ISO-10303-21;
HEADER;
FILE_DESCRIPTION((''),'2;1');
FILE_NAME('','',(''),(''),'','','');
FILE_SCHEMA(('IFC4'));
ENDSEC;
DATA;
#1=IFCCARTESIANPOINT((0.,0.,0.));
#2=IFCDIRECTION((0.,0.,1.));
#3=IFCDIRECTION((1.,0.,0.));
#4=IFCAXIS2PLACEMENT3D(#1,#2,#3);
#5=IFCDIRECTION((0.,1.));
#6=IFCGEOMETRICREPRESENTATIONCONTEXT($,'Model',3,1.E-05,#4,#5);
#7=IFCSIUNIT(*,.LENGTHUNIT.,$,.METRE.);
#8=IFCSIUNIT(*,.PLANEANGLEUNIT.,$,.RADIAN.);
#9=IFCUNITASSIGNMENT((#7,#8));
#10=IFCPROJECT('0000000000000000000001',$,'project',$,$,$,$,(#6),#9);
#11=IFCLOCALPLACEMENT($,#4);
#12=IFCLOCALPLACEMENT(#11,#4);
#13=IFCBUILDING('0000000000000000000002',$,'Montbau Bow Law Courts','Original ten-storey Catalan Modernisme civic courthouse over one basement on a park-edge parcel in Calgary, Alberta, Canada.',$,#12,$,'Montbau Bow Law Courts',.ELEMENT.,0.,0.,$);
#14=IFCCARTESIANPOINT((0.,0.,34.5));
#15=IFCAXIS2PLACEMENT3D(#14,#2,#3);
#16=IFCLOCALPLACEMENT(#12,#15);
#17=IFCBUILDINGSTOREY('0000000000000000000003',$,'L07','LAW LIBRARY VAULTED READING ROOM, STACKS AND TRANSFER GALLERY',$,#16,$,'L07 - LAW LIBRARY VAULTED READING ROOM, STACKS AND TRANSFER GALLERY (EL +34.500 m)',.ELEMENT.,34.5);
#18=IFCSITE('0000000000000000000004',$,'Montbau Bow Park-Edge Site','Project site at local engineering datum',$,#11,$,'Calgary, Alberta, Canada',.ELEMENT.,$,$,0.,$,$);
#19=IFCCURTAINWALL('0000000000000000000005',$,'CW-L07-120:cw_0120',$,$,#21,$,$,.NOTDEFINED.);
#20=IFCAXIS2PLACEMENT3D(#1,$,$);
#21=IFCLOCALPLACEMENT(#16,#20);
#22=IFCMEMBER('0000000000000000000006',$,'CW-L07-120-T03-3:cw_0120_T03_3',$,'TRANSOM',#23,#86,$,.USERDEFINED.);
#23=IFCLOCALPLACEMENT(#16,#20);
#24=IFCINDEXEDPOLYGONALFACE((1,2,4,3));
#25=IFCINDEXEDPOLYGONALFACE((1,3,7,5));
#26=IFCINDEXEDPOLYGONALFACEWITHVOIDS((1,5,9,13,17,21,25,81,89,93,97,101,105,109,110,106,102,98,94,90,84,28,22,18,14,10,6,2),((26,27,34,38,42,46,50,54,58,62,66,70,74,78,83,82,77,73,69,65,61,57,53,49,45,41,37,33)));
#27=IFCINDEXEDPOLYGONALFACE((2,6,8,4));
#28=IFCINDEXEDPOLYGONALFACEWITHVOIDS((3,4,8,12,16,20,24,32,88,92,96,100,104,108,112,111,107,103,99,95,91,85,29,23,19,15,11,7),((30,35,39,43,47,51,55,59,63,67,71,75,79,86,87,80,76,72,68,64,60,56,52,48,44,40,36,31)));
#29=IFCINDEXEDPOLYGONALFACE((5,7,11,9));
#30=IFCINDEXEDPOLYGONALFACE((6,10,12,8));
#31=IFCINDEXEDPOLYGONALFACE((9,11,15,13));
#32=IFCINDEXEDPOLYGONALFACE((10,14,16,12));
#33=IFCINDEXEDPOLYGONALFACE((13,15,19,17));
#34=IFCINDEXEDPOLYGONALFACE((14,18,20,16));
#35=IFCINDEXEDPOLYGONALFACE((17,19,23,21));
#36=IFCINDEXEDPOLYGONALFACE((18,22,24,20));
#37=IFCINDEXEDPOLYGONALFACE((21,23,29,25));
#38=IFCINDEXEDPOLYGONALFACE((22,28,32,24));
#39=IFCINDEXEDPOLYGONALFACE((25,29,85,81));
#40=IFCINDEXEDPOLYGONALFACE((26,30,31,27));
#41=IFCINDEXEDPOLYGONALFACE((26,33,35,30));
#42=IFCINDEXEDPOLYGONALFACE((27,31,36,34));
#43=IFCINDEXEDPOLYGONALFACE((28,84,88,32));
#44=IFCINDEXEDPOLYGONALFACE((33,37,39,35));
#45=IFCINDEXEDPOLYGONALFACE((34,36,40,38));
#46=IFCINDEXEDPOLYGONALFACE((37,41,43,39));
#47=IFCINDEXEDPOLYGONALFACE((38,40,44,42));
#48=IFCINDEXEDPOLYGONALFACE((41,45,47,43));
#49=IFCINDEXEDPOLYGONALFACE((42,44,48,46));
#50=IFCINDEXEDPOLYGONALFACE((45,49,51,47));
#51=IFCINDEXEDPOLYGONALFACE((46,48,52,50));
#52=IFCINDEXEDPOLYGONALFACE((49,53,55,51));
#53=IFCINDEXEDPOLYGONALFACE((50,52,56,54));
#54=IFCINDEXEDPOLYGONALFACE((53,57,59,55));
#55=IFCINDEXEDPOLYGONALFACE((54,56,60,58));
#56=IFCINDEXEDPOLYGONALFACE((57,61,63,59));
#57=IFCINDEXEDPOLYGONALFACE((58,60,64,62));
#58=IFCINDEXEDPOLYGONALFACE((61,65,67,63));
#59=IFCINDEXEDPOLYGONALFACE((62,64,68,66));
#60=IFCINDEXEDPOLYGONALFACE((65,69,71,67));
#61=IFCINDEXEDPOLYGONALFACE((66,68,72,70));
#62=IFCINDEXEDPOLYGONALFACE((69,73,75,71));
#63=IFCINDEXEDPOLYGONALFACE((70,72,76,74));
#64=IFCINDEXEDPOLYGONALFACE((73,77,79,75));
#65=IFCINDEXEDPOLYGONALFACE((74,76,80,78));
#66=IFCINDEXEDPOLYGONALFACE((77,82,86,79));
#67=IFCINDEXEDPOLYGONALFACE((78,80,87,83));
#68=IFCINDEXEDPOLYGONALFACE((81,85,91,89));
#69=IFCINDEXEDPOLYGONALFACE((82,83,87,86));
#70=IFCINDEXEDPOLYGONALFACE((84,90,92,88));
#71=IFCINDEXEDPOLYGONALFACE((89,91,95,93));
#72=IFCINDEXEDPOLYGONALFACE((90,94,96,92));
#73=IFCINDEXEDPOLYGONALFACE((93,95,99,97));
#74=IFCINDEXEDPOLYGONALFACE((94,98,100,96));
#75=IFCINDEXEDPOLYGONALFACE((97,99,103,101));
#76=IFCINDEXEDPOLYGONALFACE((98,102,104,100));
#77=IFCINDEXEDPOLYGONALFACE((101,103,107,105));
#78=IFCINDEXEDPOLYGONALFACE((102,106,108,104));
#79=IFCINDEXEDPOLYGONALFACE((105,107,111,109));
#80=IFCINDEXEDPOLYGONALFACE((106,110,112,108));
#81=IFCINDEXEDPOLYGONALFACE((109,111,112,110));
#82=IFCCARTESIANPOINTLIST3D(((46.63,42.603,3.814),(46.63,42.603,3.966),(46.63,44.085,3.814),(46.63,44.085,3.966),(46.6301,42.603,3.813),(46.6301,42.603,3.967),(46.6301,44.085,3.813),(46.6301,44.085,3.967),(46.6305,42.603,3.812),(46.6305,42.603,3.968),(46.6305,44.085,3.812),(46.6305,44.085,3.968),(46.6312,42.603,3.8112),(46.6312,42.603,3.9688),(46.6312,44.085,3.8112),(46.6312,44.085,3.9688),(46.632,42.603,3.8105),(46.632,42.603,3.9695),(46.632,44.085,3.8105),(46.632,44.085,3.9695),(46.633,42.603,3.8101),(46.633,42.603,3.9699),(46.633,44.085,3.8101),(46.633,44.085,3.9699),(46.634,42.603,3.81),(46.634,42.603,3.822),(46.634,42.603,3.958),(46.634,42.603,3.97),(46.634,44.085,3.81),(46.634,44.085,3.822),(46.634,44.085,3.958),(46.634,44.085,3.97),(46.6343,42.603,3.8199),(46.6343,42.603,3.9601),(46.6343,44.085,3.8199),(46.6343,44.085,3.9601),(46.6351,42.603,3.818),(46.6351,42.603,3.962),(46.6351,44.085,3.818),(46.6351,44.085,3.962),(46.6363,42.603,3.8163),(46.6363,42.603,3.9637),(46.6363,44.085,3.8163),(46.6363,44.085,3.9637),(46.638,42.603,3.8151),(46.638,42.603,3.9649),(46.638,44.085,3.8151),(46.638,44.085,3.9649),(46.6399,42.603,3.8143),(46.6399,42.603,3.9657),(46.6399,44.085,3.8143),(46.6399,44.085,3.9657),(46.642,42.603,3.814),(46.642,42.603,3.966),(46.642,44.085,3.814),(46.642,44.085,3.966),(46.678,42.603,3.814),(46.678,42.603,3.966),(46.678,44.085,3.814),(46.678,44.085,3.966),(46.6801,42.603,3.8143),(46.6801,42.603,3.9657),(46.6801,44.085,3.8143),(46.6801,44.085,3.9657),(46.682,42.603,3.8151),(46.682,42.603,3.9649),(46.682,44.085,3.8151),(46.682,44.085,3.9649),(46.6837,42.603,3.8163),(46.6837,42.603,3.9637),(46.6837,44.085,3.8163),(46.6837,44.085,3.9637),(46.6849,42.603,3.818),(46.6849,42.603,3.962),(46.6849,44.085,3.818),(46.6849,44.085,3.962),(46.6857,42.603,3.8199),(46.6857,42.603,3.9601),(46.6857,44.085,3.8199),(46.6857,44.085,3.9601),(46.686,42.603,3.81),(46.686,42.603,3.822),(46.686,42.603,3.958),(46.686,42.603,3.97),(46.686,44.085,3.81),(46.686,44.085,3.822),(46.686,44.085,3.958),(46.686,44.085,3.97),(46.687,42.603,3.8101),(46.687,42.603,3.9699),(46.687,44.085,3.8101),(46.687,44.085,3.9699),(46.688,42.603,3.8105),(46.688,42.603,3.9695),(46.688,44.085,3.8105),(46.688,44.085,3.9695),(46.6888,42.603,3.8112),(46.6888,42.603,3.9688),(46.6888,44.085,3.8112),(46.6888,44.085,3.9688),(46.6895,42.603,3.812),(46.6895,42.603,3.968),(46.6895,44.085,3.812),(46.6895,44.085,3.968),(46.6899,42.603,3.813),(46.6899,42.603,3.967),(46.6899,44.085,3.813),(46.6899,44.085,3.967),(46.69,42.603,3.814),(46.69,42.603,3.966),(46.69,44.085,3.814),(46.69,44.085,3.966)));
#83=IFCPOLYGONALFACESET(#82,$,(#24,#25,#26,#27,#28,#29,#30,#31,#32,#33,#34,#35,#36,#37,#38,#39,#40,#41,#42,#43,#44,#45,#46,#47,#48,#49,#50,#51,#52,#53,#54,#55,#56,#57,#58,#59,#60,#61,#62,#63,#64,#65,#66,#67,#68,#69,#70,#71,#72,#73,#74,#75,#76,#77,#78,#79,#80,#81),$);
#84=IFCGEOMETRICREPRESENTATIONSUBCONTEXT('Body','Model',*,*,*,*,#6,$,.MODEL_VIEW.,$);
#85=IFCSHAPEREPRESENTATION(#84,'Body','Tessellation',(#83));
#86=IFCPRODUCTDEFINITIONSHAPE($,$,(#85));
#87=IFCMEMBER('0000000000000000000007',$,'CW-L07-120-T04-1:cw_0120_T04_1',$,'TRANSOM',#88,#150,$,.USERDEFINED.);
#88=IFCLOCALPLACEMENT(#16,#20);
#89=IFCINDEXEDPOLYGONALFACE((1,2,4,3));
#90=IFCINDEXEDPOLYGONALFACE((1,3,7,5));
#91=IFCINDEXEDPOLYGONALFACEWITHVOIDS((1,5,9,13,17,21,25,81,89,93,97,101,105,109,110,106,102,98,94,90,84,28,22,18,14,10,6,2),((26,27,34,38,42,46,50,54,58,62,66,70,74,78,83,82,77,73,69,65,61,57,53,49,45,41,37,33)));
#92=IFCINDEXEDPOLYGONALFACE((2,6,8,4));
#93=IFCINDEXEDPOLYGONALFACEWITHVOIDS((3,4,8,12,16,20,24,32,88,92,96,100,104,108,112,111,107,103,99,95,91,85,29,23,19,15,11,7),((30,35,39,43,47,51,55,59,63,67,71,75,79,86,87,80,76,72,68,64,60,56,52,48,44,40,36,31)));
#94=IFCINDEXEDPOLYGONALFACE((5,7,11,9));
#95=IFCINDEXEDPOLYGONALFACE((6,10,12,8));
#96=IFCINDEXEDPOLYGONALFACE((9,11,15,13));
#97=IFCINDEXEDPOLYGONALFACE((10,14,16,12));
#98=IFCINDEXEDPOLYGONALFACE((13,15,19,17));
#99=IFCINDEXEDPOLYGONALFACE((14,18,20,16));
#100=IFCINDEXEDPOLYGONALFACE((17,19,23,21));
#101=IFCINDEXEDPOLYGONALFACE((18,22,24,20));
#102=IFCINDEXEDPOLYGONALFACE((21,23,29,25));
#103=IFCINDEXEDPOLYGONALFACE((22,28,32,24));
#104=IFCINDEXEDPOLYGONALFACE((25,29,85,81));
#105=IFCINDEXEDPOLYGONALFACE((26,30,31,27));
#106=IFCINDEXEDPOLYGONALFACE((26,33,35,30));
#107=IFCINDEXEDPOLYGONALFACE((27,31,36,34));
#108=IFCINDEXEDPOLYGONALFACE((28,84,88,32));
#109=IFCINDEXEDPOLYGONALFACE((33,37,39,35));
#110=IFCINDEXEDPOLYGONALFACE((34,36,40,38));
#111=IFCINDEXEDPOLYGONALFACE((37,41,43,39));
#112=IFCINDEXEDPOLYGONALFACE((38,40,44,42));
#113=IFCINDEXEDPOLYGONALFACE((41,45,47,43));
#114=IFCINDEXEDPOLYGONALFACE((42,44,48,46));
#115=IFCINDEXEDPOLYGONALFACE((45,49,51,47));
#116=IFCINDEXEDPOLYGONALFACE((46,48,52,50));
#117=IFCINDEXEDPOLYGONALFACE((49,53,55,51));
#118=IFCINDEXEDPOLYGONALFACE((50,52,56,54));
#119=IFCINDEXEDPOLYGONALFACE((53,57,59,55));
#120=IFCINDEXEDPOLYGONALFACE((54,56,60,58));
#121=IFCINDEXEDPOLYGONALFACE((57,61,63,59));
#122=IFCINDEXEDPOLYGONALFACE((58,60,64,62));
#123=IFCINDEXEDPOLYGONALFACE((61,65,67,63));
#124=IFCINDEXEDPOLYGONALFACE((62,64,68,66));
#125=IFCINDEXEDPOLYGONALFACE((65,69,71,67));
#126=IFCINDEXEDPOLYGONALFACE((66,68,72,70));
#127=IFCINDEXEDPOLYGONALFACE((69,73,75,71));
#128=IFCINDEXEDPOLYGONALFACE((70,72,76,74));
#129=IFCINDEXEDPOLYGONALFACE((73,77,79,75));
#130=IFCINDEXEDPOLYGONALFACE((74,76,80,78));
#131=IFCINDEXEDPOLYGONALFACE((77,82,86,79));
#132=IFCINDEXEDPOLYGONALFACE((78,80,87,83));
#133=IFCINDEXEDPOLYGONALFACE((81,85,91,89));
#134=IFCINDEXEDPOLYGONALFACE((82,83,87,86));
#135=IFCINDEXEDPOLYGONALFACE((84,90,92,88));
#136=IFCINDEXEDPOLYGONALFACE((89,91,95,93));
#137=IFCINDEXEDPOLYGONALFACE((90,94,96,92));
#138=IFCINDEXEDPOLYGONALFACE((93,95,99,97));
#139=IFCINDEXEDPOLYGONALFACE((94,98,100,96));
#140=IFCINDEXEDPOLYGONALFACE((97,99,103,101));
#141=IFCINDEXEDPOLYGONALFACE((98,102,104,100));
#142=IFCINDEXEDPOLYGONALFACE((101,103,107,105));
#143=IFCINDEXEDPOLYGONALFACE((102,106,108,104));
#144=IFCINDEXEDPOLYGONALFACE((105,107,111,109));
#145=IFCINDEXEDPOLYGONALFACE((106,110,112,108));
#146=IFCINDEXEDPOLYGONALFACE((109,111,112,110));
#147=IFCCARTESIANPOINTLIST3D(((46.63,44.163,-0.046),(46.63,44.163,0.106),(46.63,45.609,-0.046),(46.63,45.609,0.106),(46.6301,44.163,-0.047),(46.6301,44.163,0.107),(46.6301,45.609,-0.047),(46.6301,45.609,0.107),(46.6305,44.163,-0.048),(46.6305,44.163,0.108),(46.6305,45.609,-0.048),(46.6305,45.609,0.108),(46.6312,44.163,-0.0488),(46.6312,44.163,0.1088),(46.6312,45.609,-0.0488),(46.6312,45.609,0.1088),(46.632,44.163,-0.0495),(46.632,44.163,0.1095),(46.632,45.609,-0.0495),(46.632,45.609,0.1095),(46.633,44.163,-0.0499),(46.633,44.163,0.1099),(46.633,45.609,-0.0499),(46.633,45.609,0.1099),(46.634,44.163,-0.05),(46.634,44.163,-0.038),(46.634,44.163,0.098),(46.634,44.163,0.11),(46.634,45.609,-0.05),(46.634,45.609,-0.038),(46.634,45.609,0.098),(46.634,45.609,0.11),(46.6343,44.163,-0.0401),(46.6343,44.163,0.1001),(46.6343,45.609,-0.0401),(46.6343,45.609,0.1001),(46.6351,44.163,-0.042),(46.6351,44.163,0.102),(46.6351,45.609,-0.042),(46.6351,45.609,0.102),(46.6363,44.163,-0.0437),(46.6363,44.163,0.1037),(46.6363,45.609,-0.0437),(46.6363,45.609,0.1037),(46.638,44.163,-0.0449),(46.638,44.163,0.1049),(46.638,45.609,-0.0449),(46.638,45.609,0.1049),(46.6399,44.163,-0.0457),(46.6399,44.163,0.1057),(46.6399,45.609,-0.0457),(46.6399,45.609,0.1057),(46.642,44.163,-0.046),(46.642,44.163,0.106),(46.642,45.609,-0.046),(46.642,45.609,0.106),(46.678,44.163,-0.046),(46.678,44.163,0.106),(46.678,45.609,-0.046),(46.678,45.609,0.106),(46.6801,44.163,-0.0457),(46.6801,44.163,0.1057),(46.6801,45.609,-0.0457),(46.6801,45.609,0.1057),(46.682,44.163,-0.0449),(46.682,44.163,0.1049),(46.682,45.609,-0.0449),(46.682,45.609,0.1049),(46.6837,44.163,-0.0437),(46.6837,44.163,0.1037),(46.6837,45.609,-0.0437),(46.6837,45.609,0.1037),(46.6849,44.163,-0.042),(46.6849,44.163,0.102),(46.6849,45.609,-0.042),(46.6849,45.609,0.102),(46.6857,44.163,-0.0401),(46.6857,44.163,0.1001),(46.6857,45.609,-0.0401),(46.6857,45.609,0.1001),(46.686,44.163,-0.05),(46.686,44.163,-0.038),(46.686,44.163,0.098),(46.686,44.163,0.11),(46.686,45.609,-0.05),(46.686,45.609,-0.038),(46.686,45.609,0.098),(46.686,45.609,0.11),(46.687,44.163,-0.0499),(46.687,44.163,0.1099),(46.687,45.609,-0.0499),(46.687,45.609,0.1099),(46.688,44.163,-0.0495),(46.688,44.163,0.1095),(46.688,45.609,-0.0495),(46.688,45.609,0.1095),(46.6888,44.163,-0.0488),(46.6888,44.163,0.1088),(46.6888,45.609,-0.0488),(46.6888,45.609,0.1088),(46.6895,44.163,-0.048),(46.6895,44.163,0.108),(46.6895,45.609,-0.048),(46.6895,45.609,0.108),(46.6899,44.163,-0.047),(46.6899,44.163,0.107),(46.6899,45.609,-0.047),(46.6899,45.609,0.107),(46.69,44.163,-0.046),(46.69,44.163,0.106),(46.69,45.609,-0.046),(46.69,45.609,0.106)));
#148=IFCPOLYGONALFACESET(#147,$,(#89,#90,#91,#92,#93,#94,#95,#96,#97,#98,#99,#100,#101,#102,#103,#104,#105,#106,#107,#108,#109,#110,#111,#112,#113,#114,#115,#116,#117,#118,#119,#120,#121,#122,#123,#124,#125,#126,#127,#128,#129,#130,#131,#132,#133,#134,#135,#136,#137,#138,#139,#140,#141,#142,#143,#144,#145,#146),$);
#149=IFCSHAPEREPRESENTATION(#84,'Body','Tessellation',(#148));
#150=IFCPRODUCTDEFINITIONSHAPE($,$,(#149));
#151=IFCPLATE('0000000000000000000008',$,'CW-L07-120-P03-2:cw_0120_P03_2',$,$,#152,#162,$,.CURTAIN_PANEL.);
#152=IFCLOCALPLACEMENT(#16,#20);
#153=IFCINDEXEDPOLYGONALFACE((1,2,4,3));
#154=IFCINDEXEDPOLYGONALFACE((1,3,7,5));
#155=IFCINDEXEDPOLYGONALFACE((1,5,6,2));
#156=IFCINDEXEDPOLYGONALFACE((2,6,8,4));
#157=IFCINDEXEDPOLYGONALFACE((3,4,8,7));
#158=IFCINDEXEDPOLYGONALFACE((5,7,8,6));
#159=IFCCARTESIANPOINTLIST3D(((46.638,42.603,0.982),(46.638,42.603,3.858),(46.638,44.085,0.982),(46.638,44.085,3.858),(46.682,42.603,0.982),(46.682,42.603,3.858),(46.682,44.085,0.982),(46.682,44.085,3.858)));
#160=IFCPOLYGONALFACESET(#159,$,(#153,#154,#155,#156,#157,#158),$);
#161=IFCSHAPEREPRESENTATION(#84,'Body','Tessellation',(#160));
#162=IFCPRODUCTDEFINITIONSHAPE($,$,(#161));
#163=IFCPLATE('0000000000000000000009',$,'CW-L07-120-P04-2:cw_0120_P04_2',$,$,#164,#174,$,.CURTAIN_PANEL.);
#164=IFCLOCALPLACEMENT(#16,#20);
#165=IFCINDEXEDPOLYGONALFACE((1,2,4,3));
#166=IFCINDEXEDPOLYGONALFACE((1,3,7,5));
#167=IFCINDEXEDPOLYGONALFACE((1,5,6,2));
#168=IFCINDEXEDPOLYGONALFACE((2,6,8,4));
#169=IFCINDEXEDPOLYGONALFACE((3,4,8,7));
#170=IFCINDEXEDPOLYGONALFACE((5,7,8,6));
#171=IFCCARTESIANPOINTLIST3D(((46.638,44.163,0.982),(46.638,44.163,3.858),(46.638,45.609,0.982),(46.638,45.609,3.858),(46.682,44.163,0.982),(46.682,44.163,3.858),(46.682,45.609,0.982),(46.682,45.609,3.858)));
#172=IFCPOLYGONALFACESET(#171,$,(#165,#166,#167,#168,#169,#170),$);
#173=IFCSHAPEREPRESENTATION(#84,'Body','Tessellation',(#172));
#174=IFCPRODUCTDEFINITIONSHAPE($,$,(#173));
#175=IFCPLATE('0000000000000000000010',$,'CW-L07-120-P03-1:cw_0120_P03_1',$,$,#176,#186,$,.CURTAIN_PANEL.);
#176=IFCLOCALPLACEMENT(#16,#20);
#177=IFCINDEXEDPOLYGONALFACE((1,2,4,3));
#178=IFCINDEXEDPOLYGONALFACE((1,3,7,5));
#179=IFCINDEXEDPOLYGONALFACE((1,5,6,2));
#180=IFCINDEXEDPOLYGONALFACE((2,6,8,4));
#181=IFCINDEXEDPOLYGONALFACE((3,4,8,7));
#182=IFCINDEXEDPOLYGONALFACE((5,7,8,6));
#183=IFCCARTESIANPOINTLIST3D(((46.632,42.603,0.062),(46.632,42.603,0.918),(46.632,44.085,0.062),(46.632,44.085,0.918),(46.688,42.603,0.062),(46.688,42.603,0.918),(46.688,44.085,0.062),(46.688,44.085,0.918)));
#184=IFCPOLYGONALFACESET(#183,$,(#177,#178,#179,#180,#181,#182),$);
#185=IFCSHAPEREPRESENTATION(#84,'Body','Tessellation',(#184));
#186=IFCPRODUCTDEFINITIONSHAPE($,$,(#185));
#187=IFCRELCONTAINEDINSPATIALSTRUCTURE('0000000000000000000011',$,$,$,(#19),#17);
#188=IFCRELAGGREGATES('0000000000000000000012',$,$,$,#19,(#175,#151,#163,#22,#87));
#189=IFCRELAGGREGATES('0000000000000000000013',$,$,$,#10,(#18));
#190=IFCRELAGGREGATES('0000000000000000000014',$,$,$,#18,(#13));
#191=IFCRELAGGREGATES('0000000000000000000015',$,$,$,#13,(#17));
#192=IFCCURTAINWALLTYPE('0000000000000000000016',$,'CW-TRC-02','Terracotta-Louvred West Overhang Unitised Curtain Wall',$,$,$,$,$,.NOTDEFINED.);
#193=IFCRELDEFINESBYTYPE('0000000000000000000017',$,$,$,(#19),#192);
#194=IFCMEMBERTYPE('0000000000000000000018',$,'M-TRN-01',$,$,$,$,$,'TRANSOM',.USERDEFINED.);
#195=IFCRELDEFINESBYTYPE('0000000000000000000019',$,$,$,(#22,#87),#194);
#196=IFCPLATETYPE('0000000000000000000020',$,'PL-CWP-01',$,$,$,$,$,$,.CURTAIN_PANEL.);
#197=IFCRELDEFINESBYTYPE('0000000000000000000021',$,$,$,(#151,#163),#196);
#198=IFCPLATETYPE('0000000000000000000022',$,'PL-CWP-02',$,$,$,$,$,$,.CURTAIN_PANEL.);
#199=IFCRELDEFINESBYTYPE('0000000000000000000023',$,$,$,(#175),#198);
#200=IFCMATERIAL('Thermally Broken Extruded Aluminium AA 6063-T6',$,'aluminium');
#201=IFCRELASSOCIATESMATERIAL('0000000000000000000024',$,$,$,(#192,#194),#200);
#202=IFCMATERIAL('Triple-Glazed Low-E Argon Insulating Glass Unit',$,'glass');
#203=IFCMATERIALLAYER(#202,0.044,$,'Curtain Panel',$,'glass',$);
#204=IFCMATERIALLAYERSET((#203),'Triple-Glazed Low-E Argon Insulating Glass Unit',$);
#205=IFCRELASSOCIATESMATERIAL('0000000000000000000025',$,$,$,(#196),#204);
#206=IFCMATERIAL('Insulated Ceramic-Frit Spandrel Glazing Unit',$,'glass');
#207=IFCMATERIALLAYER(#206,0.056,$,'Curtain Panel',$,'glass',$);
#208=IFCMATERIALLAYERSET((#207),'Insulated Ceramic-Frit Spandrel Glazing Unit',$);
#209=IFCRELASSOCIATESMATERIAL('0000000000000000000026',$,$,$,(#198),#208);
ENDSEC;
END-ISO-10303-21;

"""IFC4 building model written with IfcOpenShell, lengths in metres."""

from ifc_helpers import new_model, si_unit, direction, frame, frame_2d, origin_with_axes, origin_2d_with_axis, place, context, subcontext, project, spatial, rectangle, hollow_rectangle, extrude, material, layer, layer_set, material_profile, profile_set, type_object, element, aggregate, save


model = new_model("IFC4")

# Units and contexts
model_context = context("Model", 3, precision=1e-05, world=origin_with_axes(), true_north=direction((0.0, 1.0)))
body_context = subcontext(model_context, "Body", "Model", "MODEL_VIEW")
ifc_project = project(units=[si_unit("LENGTHUNIT", "METRE"), si_unit("PLANEANGLEUNIT", "RADIAN")], contexts=[model_context])

# Site, building, storey
site_placement = place(None, origin_with_axes())
site = spatial("IfcSite", under=ifc_project, at=site_placement, Name="Montbau Bow Park-Edge Site", Description="Project site at local engineering datum", LongName="Calgary, Alberta, Canada", CompositionType="ELEMENT", RefElevation=0.0)
building_placement = place(site_placement, origin_with_axes())
building = spatial("IfcBuilding", under=site, at=building_placement, Name="Montbau Bow Law Courts", Description="Original ten-storey Catalan Modernisme civic courthouse over one basement on a park-edge parcel in Calgary, Alberta, Canada.", LongName="Montbau Bow Law Courts", CompositionType="ELEMENT", ElevationOfRefHeight=0.0, ElevationOfTerrain=0.0)
storey_placement = place(building_placement, frame((0.0, 0.0, 34.5), z_axis=(0.0, 0.0, 1.0), x_axis=(1.0, 0.0, 0.0)))
storey = spatial("IfcBuildingStorey", under=building, at=storey_placement, Name="L07", Description="LAW LIBRARY VAULTED READING ROOM, STACKS AND TRANSFER GALLERY", LongName="L07 - LAW LIBRARY VAULTED READING ROOM, STACKS AND TRANSFER GALLERY (EL +34.500 m)", CompositionType="ELEMENT", Elevation=34.5)

# Curtain wall, members, plates
ifc_material_1 = material(Name="Thermally Broken Extruded Aluminium AA 6063-T6", Category="aluminium")
curtain_wall_type = type_object("IfcCurtainWallType", Name="CW-TRC-02", Description="Terracotta-Louvred West Overhang Unitised Curtain Wall", PredefinedType="NOTDEFINED", material=ifc_material_1)
curtain_wall_placement = place(None, frame((46.66, 39.44, 34.5), z_axis=(0.0, 0.0, 1.0), x_axis=(1.0, 0.0, 0.0)))
curtain_wall = element("IfcCurtainWall", 1, at=curtain_wall_placement, inside=storey, type_object=curtain_wall_type, Name="CW-L07-120:cw_0120", PredefinedType="NOTDEFINED")
ifc_material_profile_1 = material_profile(ifc_material_1, hollow_rectangle(XDim=0.06, YDim=0.16, WallThickness=0.004, InnerFilletRadius=0.008, OuterFilletRadius=0.004, at=origin_2d_with_axis()), Name="CWT-160X60", Category="Main", Priority=0)
ifc_profile_set_1 = profile_set([ifc_material_profile_1], Name="Thermally Broken Extruded Aluminium AA 6063-T6")
member_type_1 = type_object("IfcMemberType", Name="M-TRN-01", ElementType="TRANSOM", PredefinedType="USERDEFINED", material=ifc_profile_set_1)
member_1_placement = place(None, frame((46.66, 42.603, 38.39), z_axis=(0.0, 1.0, 0.0), x_axis=(-1.0, 0.0, 0.0)))
member_1 = element("IfcMember", 2, at=member_1_placement, type_object=member_type_1, Name="CW-L07-120-T03-3:cw_0120_T03_3", ObjectType="TRANSOM", PredefinedType="USERDEFINED", context=body_context, shape_type="SweptSolid", body=[
    extrude(hollow_rectangle(XDim=0.06, YDim=0.16, WallThickness=0.004, InnerFilletRadius=0.008, OuterFilletRadius=0.004, at=origin_2d_with_axis()), origin_with_axes(), (0.0, 0.0, 1.0), 1.482),
])
member_2_placement = place(None, frame((46.66, 44.163, 34.53), z_axis=(0.0, 1.0, 0.0), x_axis=(-1.0, 0.0, 0.0)))
member_2 = element("IfcMember", 3, at=member_2_placement, type_object=member_type_1, Name="CW-L07-120-T04-1:cw_0120_T04_1", ObjectType="TRANSOM", PredefinedType="USERDEFINED", context=body_context, shape_type="SweptSolid", body=[
    extrude(hollow_rectangle(XDim=0.06, YDim=0.16, WallThickness=0.004, InnerFilletRadius=0.008, OuterFilletRadius=0.004, at=origin_2d_with_axis()), origin_with_axes(), (0.0, 0.0, 1.0), 1.446),
])
ifc_material_2 = material(Name="Triple-Glazed Low-E Argon Insulating Glass Unit", Category="glass")
ifc_layer_1 = layer(ifc_material_2, 0.044, Name="Curtain Panel", Category="glass")
ifc_layer_set_1 = layer_set([ifc_layer_1], Name="Triple-Glazed Low-E Argon Insulating Glass Unit")
plate_type_1 = type_object("IfcPlateType", Name="PL-CWP-01", PredefinedType="CURTAIN_PANEL", material=ifc_layer_set_1)
plate_1_placement = place(None, frame((46.66, 42.603, 35.482), z_axis=(1.0, 0.0, 0.0), x_axis=(0.0, 1.0, 0.0)))
plate_1 = element("IfcPlate", 4, at=plate_1_placement, type_object=plate_type_1, Name="CW-L07-120-P03-2:cw_0120_P03_2", PredefinedType="CURTAIN_PANEL", context=body_context, shape_type="SweptSolid", body=[
    extrude(rectangle(XDim=1.482, YDim=2.876, at=frame_2d((0.741, 1.438), x_axis=(1.0, 0.0))), frame((0.0, 0.0, -0.022), z_axis=(0.0, 0.0, 1.0), x_axis=(1.0, 0.0, 0.0)), (0.0, 0.0, 1.0), 0.044),
])
plate_2_placement = place(None, frame((46.66, 44.163, 35.482), z_axis=(1.0, 0.0, 0.0), x_axis=(0.0, 1.0, 0.0)))
plate_2 = element("IfcPlate", 5, at=plate_2_placement, type_object=plate_type_1, Name="CW-L07-120-P04-2:cw_0120_P04_2", PredefinedType="CURTAIN_PANEL", context=body_context, shape_type="SweptSolid", body=[
    extrude(rectangle(XDim=1.446, YDim=2.876, at=frame_2d((0.723, 1.438), x_axis=(1.0, 0.0))), frame((0.0, 0.0, -0.022), z_axis=(0.0, 0.0, 1.0), x_axis=(1.0, 0.0, 0.0)), (0.0, 0.0, 1.0), 0.044),
])
ifc_material_3 = material(Name="Insulated Ceramic-Frit Spandrel Glazing Unit", Category="glass")
ifc_layer_2 = layer(ifc_material_3, 0.056, Name="Curtain Panel", Category="glass")
ifc_layer_set_2 = layer_set([ifc_layer_2], Name="Insulated Ceramic-Frit Spandrel Glazing Unit")
plate_type_2 = type_object("IfcPlateType", Name="PL-CWP-02", PredefinedType="CURTAIN_PANEL", material=ifc_layer_set_2)
plate_3_placement = place(None, frame((46.66, 42.603, 34.562), z_axis=(1.0, 0.0, 0.0), x_axis=(0.0, 1.0, 0.0)))
plate_3 = element("IfcPlate", 6, at=plate_3_placement, type_object=plate_type_2, Name="CW-L07-120-P03-1:cw_0120_P03_1", PredefinedType="CURTAIN_PANEL", context=body_context, shape_type="SweptSolid", body=[
    extrude(rectangle(XDim=1.482, YDim=0.856, at=frame_2d((0.741, 0.428), x_axis=(1.0, 0.0))), frame((0.0, 0.0, -0.028), z_axis=(0.0, 0.0, 1.0), x_axis=(1.0, 0.0, 0.0)), (0.0, 0.0, 1.0), 0.056),
])
aggregate(curtain_wall, [plate_3, plate_1, plate_2, member_1, member_2])

save(model, "model.ifc")
